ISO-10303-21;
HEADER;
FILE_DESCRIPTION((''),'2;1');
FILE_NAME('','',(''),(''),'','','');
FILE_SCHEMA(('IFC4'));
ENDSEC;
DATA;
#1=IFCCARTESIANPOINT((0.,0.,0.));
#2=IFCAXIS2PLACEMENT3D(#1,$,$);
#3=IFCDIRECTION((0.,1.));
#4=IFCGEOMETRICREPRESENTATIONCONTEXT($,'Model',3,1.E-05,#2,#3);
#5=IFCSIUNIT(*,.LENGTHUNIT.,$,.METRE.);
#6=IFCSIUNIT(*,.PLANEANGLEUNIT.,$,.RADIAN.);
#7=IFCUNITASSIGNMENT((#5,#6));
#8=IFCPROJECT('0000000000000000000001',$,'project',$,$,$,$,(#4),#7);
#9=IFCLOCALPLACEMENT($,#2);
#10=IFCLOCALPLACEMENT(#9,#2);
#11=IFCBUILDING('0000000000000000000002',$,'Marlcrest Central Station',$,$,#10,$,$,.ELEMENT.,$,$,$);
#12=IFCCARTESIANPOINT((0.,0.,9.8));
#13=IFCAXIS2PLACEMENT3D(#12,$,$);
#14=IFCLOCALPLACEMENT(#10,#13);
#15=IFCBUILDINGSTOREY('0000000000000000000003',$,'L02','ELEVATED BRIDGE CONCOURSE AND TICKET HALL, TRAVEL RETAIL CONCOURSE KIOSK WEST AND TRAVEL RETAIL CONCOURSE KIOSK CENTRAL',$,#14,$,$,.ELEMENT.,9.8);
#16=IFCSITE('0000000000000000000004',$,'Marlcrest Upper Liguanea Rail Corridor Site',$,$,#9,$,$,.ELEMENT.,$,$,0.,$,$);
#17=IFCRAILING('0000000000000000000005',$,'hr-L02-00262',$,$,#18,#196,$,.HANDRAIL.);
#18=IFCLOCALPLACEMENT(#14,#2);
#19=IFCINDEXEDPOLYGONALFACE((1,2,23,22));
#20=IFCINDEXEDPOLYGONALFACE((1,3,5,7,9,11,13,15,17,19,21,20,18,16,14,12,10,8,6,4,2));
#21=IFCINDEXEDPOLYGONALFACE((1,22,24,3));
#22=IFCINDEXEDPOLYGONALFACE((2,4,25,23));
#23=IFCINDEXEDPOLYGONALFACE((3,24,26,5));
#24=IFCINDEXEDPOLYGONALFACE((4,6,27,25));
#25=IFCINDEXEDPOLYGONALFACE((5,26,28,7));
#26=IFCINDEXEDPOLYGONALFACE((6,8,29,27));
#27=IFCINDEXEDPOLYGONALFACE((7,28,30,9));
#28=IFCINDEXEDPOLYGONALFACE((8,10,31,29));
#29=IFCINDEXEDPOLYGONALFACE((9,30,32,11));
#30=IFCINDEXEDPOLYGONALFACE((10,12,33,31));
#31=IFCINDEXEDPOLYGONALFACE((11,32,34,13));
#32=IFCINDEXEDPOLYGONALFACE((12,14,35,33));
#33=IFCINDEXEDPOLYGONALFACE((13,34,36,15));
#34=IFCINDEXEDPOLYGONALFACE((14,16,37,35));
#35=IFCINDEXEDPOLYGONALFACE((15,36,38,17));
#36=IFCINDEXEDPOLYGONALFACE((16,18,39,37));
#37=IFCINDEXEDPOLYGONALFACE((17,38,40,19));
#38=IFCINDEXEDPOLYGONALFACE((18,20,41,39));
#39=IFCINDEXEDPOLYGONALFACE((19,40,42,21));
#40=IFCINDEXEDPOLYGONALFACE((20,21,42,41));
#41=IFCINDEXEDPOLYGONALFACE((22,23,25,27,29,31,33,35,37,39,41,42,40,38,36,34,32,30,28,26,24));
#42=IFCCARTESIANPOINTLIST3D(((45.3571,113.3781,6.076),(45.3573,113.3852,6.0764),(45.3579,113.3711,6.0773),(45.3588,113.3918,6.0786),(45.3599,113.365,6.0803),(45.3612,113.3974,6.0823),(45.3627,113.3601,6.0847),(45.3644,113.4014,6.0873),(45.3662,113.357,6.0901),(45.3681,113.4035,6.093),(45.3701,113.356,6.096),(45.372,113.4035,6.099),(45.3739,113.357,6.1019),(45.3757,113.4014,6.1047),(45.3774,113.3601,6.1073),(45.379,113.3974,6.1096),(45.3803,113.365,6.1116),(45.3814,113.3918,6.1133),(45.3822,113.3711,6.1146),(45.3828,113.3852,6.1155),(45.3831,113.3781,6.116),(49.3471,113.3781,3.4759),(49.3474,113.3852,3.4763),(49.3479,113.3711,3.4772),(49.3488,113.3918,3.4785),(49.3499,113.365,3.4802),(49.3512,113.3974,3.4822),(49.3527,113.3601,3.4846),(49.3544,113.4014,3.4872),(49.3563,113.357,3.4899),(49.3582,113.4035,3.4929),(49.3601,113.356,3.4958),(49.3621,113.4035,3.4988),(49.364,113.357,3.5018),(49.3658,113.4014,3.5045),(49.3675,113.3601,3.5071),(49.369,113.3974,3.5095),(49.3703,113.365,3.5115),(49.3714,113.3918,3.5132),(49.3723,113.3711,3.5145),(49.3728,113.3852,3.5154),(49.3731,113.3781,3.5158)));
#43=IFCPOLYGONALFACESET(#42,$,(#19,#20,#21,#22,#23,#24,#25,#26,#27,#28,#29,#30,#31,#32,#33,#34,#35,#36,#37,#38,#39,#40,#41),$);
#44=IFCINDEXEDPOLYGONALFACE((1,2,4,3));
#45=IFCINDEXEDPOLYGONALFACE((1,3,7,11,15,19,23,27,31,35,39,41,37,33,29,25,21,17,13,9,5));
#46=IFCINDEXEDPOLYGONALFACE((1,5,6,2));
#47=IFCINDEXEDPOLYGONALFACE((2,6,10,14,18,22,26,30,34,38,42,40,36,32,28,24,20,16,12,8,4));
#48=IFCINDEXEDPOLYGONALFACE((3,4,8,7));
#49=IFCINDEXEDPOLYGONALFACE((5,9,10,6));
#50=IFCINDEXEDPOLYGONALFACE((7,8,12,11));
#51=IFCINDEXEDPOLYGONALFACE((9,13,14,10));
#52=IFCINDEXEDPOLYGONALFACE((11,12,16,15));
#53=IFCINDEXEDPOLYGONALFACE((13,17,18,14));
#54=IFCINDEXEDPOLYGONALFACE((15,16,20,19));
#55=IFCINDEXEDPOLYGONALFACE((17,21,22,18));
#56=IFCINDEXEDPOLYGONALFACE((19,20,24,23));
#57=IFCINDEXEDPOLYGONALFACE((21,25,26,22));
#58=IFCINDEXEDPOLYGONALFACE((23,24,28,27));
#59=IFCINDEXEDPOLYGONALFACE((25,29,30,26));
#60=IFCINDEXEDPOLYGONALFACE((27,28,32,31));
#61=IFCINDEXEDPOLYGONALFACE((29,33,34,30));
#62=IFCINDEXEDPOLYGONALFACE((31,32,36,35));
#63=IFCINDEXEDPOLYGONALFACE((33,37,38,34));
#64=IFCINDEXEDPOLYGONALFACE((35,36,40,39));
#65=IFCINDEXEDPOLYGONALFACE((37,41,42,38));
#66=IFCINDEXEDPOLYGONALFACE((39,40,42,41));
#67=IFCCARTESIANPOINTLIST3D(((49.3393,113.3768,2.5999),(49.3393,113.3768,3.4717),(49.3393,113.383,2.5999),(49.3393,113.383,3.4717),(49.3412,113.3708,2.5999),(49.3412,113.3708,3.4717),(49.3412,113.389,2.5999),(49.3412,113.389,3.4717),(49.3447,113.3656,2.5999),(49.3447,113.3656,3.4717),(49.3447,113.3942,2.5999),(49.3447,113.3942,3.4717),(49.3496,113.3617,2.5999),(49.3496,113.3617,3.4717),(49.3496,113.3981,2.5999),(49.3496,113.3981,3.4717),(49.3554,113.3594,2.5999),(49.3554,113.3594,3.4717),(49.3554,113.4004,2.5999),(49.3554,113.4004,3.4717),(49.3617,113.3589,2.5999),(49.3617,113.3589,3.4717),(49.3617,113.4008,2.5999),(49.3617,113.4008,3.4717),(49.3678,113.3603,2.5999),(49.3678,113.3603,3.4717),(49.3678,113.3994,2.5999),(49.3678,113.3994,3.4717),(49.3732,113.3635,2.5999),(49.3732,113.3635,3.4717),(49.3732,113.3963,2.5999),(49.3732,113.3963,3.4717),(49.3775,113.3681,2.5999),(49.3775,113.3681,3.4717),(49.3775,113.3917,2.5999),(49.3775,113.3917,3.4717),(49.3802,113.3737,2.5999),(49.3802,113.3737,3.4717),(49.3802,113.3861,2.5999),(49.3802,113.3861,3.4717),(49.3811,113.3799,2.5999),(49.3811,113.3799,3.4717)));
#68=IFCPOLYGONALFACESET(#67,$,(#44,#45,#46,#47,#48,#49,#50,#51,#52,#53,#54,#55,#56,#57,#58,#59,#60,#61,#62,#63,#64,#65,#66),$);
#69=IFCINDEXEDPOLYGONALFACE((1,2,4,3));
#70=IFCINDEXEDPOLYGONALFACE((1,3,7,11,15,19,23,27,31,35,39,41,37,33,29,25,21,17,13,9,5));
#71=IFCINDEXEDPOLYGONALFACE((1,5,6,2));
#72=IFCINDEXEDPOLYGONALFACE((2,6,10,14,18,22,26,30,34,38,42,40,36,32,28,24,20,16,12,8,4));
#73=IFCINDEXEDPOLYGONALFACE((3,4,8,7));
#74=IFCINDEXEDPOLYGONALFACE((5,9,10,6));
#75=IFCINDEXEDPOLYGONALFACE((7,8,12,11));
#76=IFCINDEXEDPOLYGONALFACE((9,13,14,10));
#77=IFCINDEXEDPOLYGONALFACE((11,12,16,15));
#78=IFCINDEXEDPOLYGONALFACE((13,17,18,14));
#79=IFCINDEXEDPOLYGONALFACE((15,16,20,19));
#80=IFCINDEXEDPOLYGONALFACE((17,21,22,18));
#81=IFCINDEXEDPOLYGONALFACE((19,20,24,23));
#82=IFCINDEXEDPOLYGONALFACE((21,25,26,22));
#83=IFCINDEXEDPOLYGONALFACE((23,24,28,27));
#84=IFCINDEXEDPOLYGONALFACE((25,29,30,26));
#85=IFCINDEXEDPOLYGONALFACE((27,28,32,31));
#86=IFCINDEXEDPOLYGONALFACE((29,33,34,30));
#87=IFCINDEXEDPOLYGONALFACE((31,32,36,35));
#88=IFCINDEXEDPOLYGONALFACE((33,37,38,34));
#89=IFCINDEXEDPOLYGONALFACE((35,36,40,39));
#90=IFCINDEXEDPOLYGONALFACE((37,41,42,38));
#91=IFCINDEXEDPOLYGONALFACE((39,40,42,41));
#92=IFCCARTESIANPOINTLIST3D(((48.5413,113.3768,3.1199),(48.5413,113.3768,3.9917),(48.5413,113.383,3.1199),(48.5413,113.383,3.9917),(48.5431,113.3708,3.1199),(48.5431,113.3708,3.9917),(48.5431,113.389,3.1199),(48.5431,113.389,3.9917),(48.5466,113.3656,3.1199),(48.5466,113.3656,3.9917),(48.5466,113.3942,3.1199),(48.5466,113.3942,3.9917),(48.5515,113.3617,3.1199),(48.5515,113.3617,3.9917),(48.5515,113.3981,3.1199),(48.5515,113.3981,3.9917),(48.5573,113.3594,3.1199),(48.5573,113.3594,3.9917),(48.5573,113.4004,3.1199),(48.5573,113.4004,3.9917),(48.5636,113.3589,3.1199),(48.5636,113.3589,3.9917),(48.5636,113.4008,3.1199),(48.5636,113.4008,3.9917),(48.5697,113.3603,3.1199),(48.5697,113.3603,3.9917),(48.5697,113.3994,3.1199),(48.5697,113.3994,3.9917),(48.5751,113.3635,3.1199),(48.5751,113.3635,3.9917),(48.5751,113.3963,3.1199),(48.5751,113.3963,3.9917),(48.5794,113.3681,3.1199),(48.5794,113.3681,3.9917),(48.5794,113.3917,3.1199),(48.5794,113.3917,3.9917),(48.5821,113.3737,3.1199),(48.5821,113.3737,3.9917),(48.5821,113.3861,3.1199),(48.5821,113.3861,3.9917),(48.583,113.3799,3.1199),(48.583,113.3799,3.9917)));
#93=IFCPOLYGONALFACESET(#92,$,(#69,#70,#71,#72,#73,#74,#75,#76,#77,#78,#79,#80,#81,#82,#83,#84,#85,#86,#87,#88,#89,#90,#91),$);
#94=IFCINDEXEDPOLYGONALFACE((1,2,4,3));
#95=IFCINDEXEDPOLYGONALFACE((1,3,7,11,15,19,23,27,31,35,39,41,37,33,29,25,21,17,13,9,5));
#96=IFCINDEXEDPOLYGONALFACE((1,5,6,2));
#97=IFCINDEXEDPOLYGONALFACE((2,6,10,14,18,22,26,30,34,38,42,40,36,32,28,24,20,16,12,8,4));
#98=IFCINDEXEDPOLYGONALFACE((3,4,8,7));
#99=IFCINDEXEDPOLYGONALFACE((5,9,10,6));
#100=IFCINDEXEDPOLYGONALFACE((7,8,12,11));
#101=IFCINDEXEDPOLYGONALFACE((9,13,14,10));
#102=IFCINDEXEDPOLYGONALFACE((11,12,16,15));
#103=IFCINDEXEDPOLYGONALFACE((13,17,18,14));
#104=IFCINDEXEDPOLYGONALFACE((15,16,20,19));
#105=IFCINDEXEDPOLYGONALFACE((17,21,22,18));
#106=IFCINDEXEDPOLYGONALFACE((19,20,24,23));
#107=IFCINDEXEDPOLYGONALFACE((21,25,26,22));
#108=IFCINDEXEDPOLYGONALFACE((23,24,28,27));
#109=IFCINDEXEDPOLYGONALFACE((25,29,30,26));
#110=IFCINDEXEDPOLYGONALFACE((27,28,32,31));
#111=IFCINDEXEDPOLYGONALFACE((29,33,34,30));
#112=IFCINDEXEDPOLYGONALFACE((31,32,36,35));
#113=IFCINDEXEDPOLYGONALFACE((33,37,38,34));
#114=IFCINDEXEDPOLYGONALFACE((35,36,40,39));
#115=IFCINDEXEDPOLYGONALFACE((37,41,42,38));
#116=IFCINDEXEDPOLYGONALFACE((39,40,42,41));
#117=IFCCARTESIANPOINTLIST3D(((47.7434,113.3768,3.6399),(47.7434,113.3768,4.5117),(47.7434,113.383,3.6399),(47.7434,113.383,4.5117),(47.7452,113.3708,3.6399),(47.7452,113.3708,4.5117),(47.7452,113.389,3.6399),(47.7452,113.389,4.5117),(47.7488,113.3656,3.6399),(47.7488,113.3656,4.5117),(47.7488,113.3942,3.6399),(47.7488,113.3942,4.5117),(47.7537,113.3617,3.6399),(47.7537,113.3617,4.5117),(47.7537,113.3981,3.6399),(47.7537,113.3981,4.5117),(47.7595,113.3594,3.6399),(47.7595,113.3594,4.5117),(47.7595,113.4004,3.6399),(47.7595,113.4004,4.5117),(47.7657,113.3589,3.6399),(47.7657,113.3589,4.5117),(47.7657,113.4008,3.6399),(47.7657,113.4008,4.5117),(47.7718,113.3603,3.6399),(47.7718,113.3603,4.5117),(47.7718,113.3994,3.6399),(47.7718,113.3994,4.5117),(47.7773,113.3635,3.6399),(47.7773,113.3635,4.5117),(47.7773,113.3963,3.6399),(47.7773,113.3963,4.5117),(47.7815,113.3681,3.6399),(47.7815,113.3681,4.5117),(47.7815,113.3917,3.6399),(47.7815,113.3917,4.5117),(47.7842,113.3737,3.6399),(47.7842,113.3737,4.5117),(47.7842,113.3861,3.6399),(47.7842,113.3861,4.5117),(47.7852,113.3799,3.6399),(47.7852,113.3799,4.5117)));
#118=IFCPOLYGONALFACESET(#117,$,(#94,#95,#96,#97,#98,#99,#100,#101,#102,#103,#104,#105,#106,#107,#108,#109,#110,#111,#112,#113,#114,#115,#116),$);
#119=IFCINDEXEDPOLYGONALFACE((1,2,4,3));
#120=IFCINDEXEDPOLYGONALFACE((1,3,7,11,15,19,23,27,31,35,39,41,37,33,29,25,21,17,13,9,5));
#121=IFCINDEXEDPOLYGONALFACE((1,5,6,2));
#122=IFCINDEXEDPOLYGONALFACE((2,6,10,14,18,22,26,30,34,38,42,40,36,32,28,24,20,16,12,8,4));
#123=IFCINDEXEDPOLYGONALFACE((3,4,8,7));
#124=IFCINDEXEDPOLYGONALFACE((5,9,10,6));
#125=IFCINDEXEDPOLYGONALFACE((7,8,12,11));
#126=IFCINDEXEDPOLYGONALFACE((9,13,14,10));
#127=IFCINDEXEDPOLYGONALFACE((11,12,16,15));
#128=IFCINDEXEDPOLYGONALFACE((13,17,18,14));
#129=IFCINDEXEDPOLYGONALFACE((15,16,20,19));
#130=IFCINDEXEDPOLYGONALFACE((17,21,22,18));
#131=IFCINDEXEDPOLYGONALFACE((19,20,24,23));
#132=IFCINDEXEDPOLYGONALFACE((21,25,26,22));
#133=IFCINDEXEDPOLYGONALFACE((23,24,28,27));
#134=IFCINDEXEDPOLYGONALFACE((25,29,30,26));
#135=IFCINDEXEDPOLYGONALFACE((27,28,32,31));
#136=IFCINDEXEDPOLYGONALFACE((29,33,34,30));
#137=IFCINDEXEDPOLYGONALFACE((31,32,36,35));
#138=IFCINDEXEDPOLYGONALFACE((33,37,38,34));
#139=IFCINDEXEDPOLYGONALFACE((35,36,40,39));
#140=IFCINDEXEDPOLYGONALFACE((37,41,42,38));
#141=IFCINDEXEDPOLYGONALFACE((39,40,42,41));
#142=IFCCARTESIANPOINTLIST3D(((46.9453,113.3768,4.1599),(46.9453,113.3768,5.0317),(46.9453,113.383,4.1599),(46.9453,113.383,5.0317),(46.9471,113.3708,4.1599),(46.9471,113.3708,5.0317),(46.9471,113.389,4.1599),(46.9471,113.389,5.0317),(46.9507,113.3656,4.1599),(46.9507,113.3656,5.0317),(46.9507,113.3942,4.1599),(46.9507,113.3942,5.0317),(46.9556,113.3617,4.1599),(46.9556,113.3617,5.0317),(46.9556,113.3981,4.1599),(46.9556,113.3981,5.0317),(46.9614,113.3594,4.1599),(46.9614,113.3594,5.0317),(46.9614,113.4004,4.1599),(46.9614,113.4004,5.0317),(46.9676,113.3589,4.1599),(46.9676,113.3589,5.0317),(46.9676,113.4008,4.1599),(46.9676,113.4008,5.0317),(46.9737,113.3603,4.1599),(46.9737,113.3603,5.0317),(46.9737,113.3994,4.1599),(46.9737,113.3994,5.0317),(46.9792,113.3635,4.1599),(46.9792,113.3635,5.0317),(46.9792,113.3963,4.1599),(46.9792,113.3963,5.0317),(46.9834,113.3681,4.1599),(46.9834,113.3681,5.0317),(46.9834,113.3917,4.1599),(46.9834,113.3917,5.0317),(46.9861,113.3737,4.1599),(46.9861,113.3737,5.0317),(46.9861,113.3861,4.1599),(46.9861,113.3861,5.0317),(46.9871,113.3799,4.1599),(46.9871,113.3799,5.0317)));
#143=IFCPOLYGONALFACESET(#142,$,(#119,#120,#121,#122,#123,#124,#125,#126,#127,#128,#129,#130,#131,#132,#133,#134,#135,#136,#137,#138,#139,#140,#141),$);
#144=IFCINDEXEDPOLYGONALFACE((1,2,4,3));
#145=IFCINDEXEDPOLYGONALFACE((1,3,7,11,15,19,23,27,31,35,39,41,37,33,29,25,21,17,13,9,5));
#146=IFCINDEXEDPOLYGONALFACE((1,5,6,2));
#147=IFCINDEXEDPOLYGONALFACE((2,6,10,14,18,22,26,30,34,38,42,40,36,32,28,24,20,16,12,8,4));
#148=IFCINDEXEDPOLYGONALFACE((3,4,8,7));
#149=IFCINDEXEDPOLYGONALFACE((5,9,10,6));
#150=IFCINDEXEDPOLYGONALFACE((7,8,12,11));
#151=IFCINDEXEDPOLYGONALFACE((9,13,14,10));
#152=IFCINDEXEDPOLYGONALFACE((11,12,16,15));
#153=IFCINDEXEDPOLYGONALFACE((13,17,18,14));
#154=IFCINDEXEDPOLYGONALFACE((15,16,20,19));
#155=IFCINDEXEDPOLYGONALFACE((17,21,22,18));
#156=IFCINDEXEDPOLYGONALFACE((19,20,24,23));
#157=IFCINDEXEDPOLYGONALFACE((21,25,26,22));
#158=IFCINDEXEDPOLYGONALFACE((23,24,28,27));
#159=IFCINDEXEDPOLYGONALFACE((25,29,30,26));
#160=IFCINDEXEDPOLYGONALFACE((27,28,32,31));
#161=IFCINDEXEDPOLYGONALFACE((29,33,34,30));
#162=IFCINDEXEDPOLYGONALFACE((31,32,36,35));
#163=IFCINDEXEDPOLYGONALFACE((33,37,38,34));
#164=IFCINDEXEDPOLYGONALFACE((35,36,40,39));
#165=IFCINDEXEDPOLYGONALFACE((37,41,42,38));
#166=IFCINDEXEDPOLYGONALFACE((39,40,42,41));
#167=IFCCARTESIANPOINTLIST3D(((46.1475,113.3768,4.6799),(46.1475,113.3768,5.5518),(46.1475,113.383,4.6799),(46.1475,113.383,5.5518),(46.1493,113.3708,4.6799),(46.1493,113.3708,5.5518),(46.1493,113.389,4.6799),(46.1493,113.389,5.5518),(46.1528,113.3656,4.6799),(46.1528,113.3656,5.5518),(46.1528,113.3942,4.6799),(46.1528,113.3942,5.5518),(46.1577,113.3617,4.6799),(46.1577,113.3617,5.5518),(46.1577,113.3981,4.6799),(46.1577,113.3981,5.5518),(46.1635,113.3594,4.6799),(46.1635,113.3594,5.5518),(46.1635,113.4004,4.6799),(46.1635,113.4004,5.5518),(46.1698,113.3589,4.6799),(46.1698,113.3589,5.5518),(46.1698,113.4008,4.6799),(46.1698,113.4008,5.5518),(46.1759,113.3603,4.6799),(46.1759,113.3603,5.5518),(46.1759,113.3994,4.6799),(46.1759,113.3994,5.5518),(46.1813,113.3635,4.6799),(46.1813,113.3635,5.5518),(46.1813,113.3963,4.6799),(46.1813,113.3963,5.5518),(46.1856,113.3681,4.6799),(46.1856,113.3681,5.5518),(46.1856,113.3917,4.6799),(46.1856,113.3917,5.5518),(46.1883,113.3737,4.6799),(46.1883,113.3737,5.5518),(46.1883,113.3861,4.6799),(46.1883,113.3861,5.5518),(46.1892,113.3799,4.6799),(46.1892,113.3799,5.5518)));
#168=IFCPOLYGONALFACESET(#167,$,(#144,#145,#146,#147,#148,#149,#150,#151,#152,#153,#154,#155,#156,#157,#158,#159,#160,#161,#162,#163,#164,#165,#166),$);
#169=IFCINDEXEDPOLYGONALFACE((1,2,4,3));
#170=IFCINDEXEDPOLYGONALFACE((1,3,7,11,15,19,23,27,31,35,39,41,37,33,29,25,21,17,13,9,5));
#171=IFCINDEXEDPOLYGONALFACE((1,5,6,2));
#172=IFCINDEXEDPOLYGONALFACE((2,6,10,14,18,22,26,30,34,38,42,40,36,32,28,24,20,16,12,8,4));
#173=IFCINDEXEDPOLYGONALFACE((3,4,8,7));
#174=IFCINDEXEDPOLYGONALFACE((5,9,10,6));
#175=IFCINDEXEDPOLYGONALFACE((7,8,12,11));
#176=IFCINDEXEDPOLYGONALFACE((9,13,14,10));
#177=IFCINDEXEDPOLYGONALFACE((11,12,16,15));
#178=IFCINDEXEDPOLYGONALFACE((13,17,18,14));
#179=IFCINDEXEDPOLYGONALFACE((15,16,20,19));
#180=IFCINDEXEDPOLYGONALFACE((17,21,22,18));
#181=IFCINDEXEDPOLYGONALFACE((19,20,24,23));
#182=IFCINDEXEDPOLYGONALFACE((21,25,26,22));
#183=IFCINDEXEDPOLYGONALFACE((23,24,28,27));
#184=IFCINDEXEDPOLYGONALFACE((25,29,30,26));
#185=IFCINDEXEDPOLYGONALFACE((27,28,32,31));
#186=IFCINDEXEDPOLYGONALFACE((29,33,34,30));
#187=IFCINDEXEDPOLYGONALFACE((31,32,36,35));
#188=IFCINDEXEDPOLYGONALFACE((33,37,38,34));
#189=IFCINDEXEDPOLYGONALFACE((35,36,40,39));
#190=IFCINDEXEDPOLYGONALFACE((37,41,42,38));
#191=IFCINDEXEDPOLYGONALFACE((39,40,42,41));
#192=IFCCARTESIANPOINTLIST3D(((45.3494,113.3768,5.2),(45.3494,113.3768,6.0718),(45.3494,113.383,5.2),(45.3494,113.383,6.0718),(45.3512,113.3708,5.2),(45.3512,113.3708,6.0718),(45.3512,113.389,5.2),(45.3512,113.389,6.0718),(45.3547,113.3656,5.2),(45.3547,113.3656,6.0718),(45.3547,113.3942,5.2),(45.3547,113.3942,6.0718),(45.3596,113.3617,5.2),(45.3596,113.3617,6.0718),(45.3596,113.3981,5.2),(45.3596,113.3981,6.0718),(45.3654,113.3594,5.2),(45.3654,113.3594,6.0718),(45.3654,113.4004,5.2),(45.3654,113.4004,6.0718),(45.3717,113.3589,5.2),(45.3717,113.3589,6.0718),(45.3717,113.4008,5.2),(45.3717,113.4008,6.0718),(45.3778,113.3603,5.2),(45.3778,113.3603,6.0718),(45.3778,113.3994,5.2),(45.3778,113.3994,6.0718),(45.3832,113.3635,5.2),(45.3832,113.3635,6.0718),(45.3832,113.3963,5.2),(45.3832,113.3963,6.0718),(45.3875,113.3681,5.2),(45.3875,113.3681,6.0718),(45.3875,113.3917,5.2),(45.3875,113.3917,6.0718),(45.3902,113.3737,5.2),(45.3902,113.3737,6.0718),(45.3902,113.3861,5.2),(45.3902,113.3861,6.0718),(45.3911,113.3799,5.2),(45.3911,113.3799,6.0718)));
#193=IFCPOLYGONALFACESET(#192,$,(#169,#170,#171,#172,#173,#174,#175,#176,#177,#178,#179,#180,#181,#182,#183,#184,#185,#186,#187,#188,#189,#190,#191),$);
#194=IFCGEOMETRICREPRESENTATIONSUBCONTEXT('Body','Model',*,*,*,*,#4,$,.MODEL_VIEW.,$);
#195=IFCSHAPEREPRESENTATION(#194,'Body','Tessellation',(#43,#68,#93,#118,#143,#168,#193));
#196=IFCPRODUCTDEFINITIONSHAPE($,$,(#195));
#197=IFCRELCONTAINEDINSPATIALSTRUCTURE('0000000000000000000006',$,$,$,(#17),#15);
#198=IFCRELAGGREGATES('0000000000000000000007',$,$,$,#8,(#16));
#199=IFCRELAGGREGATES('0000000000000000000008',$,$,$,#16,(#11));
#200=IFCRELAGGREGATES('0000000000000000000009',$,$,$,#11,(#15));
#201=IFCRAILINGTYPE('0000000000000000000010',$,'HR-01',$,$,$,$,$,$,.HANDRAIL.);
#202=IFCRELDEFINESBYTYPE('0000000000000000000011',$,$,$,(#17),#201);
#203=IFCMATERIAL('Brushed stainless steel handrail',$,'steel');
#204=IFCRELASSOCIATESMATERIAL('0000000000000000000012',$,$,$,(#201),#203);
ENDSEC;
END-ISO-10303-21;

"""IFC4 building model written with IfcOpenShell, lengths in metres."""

from ifc_helpers import new_model, si_unit, direction, frame, origin, origin_2d, place, context, subcontext, project, spatial, circle, extrude, material, type_object, element, save


model = new_model("IFC4")

# Units and contexts
model_context = context("Model", 3, precision=1e-05, world=origin(), true_north=direction((0.0, 1.0)))
body_context = subcontext(model_context, "Body", "Model", "MODEL_VIEW")
ifc_project = project(units=[si_unit("LENGTHUNIT", "METRE"), si_unit("PLANEANGLEUNIT", "RADIAN")], contexts=[model_context])

# Site, building, storey
site_placement = place(None, origin())
site = spatial("IfcSite", under=ifc_project, at=site_placement, Name="Marlcrest Upper Liguanea Rail Corridor Site", CompositionType="ELEMENT", RefElevation=0.0)
building_placement = place(site_placement, origin())
building = spatial("IfcBuilding", under=site, at=building_placement, Name="Marlcrest Central Station", CompositionType="ELEMENT")
storey_placement = place(building_placement, frame((0.0, 0.0, 9.8)))
storey = spatial("IfcBuildingStorey", under=building, at=storey_placement, Name="L02", Description="ELEVATED BRIDGE CONCOURSE AND TICKET HALL, TRAVEL RETAIL CONCOURSE KIOSK WEST AND TRAVEL RETAIL CONCOURSE KIOSK CENTRAL", CompositionType="ELEMENT", Elevation=9.8)

# Railing
ifc_material_1 = material(Name="Brushed stainless steel handrail", Category="steel")
railing_type_1 = type_object("IfcRailingType", Name="HR-01", PredefinedType="HANDRAIL", material=ifc_material_1)
railing_1_placement = place(storey_placement, frame((49.3601, 113.3799, 2.5999)))
element("IfcRailing", 1, at=railing_1_placement, inside=storey, type_object=railing_type_1, Name="hr-L02-00262", PredefinedType="HANDRAIL", context=body_context, shape_type="SweptSolid", body=[
    extrude(circle(Radius=0.0239, at=origin_2d()), frame((0.0, 0.0, 0.896), z_axis=(-0.837809, 0.0, 0.545963), x_axis=(0.0, -1.0, 0.0)), (0.0, 0.0, 1.0), 4.7625),
    extrude(circle(Radius=0.021, at=origin_2d()), origin(), (0.0, 0.0, 1.0), 0.8718),
    extrude(circle(Radius=0.021, at=origin_2d()), frame((-0.7981, 0.0, 0.52)), (0.0, 0.0, 1.0), 0.8718),
    extrude(circle(Radius=0.021, at=origin_2d()), frame((-1.5959, 0.0, 1.04)), (0.0, 0.0, 1.0), 0.8718),
    extrude(circle(Radius=0.021, at=origin_2d()), frame((-2.394, 0.0, 1.5601)), (0.0, 0.0, 1.0), 0.8718),
    extrude(circle(Radius=0.021, at=origin_2d()), frame((-3.1919, 0.0, 2.0801)), (0.0, 0.0, 1.0), 0.8718),
    extrude(circle(Radius=0.021, at=origin_2d()), frame((-3.99, 0.0, 2.6001)), (0.0, 0.0, 1.0), 0.8718),
])

save(model, "model.ifc")
